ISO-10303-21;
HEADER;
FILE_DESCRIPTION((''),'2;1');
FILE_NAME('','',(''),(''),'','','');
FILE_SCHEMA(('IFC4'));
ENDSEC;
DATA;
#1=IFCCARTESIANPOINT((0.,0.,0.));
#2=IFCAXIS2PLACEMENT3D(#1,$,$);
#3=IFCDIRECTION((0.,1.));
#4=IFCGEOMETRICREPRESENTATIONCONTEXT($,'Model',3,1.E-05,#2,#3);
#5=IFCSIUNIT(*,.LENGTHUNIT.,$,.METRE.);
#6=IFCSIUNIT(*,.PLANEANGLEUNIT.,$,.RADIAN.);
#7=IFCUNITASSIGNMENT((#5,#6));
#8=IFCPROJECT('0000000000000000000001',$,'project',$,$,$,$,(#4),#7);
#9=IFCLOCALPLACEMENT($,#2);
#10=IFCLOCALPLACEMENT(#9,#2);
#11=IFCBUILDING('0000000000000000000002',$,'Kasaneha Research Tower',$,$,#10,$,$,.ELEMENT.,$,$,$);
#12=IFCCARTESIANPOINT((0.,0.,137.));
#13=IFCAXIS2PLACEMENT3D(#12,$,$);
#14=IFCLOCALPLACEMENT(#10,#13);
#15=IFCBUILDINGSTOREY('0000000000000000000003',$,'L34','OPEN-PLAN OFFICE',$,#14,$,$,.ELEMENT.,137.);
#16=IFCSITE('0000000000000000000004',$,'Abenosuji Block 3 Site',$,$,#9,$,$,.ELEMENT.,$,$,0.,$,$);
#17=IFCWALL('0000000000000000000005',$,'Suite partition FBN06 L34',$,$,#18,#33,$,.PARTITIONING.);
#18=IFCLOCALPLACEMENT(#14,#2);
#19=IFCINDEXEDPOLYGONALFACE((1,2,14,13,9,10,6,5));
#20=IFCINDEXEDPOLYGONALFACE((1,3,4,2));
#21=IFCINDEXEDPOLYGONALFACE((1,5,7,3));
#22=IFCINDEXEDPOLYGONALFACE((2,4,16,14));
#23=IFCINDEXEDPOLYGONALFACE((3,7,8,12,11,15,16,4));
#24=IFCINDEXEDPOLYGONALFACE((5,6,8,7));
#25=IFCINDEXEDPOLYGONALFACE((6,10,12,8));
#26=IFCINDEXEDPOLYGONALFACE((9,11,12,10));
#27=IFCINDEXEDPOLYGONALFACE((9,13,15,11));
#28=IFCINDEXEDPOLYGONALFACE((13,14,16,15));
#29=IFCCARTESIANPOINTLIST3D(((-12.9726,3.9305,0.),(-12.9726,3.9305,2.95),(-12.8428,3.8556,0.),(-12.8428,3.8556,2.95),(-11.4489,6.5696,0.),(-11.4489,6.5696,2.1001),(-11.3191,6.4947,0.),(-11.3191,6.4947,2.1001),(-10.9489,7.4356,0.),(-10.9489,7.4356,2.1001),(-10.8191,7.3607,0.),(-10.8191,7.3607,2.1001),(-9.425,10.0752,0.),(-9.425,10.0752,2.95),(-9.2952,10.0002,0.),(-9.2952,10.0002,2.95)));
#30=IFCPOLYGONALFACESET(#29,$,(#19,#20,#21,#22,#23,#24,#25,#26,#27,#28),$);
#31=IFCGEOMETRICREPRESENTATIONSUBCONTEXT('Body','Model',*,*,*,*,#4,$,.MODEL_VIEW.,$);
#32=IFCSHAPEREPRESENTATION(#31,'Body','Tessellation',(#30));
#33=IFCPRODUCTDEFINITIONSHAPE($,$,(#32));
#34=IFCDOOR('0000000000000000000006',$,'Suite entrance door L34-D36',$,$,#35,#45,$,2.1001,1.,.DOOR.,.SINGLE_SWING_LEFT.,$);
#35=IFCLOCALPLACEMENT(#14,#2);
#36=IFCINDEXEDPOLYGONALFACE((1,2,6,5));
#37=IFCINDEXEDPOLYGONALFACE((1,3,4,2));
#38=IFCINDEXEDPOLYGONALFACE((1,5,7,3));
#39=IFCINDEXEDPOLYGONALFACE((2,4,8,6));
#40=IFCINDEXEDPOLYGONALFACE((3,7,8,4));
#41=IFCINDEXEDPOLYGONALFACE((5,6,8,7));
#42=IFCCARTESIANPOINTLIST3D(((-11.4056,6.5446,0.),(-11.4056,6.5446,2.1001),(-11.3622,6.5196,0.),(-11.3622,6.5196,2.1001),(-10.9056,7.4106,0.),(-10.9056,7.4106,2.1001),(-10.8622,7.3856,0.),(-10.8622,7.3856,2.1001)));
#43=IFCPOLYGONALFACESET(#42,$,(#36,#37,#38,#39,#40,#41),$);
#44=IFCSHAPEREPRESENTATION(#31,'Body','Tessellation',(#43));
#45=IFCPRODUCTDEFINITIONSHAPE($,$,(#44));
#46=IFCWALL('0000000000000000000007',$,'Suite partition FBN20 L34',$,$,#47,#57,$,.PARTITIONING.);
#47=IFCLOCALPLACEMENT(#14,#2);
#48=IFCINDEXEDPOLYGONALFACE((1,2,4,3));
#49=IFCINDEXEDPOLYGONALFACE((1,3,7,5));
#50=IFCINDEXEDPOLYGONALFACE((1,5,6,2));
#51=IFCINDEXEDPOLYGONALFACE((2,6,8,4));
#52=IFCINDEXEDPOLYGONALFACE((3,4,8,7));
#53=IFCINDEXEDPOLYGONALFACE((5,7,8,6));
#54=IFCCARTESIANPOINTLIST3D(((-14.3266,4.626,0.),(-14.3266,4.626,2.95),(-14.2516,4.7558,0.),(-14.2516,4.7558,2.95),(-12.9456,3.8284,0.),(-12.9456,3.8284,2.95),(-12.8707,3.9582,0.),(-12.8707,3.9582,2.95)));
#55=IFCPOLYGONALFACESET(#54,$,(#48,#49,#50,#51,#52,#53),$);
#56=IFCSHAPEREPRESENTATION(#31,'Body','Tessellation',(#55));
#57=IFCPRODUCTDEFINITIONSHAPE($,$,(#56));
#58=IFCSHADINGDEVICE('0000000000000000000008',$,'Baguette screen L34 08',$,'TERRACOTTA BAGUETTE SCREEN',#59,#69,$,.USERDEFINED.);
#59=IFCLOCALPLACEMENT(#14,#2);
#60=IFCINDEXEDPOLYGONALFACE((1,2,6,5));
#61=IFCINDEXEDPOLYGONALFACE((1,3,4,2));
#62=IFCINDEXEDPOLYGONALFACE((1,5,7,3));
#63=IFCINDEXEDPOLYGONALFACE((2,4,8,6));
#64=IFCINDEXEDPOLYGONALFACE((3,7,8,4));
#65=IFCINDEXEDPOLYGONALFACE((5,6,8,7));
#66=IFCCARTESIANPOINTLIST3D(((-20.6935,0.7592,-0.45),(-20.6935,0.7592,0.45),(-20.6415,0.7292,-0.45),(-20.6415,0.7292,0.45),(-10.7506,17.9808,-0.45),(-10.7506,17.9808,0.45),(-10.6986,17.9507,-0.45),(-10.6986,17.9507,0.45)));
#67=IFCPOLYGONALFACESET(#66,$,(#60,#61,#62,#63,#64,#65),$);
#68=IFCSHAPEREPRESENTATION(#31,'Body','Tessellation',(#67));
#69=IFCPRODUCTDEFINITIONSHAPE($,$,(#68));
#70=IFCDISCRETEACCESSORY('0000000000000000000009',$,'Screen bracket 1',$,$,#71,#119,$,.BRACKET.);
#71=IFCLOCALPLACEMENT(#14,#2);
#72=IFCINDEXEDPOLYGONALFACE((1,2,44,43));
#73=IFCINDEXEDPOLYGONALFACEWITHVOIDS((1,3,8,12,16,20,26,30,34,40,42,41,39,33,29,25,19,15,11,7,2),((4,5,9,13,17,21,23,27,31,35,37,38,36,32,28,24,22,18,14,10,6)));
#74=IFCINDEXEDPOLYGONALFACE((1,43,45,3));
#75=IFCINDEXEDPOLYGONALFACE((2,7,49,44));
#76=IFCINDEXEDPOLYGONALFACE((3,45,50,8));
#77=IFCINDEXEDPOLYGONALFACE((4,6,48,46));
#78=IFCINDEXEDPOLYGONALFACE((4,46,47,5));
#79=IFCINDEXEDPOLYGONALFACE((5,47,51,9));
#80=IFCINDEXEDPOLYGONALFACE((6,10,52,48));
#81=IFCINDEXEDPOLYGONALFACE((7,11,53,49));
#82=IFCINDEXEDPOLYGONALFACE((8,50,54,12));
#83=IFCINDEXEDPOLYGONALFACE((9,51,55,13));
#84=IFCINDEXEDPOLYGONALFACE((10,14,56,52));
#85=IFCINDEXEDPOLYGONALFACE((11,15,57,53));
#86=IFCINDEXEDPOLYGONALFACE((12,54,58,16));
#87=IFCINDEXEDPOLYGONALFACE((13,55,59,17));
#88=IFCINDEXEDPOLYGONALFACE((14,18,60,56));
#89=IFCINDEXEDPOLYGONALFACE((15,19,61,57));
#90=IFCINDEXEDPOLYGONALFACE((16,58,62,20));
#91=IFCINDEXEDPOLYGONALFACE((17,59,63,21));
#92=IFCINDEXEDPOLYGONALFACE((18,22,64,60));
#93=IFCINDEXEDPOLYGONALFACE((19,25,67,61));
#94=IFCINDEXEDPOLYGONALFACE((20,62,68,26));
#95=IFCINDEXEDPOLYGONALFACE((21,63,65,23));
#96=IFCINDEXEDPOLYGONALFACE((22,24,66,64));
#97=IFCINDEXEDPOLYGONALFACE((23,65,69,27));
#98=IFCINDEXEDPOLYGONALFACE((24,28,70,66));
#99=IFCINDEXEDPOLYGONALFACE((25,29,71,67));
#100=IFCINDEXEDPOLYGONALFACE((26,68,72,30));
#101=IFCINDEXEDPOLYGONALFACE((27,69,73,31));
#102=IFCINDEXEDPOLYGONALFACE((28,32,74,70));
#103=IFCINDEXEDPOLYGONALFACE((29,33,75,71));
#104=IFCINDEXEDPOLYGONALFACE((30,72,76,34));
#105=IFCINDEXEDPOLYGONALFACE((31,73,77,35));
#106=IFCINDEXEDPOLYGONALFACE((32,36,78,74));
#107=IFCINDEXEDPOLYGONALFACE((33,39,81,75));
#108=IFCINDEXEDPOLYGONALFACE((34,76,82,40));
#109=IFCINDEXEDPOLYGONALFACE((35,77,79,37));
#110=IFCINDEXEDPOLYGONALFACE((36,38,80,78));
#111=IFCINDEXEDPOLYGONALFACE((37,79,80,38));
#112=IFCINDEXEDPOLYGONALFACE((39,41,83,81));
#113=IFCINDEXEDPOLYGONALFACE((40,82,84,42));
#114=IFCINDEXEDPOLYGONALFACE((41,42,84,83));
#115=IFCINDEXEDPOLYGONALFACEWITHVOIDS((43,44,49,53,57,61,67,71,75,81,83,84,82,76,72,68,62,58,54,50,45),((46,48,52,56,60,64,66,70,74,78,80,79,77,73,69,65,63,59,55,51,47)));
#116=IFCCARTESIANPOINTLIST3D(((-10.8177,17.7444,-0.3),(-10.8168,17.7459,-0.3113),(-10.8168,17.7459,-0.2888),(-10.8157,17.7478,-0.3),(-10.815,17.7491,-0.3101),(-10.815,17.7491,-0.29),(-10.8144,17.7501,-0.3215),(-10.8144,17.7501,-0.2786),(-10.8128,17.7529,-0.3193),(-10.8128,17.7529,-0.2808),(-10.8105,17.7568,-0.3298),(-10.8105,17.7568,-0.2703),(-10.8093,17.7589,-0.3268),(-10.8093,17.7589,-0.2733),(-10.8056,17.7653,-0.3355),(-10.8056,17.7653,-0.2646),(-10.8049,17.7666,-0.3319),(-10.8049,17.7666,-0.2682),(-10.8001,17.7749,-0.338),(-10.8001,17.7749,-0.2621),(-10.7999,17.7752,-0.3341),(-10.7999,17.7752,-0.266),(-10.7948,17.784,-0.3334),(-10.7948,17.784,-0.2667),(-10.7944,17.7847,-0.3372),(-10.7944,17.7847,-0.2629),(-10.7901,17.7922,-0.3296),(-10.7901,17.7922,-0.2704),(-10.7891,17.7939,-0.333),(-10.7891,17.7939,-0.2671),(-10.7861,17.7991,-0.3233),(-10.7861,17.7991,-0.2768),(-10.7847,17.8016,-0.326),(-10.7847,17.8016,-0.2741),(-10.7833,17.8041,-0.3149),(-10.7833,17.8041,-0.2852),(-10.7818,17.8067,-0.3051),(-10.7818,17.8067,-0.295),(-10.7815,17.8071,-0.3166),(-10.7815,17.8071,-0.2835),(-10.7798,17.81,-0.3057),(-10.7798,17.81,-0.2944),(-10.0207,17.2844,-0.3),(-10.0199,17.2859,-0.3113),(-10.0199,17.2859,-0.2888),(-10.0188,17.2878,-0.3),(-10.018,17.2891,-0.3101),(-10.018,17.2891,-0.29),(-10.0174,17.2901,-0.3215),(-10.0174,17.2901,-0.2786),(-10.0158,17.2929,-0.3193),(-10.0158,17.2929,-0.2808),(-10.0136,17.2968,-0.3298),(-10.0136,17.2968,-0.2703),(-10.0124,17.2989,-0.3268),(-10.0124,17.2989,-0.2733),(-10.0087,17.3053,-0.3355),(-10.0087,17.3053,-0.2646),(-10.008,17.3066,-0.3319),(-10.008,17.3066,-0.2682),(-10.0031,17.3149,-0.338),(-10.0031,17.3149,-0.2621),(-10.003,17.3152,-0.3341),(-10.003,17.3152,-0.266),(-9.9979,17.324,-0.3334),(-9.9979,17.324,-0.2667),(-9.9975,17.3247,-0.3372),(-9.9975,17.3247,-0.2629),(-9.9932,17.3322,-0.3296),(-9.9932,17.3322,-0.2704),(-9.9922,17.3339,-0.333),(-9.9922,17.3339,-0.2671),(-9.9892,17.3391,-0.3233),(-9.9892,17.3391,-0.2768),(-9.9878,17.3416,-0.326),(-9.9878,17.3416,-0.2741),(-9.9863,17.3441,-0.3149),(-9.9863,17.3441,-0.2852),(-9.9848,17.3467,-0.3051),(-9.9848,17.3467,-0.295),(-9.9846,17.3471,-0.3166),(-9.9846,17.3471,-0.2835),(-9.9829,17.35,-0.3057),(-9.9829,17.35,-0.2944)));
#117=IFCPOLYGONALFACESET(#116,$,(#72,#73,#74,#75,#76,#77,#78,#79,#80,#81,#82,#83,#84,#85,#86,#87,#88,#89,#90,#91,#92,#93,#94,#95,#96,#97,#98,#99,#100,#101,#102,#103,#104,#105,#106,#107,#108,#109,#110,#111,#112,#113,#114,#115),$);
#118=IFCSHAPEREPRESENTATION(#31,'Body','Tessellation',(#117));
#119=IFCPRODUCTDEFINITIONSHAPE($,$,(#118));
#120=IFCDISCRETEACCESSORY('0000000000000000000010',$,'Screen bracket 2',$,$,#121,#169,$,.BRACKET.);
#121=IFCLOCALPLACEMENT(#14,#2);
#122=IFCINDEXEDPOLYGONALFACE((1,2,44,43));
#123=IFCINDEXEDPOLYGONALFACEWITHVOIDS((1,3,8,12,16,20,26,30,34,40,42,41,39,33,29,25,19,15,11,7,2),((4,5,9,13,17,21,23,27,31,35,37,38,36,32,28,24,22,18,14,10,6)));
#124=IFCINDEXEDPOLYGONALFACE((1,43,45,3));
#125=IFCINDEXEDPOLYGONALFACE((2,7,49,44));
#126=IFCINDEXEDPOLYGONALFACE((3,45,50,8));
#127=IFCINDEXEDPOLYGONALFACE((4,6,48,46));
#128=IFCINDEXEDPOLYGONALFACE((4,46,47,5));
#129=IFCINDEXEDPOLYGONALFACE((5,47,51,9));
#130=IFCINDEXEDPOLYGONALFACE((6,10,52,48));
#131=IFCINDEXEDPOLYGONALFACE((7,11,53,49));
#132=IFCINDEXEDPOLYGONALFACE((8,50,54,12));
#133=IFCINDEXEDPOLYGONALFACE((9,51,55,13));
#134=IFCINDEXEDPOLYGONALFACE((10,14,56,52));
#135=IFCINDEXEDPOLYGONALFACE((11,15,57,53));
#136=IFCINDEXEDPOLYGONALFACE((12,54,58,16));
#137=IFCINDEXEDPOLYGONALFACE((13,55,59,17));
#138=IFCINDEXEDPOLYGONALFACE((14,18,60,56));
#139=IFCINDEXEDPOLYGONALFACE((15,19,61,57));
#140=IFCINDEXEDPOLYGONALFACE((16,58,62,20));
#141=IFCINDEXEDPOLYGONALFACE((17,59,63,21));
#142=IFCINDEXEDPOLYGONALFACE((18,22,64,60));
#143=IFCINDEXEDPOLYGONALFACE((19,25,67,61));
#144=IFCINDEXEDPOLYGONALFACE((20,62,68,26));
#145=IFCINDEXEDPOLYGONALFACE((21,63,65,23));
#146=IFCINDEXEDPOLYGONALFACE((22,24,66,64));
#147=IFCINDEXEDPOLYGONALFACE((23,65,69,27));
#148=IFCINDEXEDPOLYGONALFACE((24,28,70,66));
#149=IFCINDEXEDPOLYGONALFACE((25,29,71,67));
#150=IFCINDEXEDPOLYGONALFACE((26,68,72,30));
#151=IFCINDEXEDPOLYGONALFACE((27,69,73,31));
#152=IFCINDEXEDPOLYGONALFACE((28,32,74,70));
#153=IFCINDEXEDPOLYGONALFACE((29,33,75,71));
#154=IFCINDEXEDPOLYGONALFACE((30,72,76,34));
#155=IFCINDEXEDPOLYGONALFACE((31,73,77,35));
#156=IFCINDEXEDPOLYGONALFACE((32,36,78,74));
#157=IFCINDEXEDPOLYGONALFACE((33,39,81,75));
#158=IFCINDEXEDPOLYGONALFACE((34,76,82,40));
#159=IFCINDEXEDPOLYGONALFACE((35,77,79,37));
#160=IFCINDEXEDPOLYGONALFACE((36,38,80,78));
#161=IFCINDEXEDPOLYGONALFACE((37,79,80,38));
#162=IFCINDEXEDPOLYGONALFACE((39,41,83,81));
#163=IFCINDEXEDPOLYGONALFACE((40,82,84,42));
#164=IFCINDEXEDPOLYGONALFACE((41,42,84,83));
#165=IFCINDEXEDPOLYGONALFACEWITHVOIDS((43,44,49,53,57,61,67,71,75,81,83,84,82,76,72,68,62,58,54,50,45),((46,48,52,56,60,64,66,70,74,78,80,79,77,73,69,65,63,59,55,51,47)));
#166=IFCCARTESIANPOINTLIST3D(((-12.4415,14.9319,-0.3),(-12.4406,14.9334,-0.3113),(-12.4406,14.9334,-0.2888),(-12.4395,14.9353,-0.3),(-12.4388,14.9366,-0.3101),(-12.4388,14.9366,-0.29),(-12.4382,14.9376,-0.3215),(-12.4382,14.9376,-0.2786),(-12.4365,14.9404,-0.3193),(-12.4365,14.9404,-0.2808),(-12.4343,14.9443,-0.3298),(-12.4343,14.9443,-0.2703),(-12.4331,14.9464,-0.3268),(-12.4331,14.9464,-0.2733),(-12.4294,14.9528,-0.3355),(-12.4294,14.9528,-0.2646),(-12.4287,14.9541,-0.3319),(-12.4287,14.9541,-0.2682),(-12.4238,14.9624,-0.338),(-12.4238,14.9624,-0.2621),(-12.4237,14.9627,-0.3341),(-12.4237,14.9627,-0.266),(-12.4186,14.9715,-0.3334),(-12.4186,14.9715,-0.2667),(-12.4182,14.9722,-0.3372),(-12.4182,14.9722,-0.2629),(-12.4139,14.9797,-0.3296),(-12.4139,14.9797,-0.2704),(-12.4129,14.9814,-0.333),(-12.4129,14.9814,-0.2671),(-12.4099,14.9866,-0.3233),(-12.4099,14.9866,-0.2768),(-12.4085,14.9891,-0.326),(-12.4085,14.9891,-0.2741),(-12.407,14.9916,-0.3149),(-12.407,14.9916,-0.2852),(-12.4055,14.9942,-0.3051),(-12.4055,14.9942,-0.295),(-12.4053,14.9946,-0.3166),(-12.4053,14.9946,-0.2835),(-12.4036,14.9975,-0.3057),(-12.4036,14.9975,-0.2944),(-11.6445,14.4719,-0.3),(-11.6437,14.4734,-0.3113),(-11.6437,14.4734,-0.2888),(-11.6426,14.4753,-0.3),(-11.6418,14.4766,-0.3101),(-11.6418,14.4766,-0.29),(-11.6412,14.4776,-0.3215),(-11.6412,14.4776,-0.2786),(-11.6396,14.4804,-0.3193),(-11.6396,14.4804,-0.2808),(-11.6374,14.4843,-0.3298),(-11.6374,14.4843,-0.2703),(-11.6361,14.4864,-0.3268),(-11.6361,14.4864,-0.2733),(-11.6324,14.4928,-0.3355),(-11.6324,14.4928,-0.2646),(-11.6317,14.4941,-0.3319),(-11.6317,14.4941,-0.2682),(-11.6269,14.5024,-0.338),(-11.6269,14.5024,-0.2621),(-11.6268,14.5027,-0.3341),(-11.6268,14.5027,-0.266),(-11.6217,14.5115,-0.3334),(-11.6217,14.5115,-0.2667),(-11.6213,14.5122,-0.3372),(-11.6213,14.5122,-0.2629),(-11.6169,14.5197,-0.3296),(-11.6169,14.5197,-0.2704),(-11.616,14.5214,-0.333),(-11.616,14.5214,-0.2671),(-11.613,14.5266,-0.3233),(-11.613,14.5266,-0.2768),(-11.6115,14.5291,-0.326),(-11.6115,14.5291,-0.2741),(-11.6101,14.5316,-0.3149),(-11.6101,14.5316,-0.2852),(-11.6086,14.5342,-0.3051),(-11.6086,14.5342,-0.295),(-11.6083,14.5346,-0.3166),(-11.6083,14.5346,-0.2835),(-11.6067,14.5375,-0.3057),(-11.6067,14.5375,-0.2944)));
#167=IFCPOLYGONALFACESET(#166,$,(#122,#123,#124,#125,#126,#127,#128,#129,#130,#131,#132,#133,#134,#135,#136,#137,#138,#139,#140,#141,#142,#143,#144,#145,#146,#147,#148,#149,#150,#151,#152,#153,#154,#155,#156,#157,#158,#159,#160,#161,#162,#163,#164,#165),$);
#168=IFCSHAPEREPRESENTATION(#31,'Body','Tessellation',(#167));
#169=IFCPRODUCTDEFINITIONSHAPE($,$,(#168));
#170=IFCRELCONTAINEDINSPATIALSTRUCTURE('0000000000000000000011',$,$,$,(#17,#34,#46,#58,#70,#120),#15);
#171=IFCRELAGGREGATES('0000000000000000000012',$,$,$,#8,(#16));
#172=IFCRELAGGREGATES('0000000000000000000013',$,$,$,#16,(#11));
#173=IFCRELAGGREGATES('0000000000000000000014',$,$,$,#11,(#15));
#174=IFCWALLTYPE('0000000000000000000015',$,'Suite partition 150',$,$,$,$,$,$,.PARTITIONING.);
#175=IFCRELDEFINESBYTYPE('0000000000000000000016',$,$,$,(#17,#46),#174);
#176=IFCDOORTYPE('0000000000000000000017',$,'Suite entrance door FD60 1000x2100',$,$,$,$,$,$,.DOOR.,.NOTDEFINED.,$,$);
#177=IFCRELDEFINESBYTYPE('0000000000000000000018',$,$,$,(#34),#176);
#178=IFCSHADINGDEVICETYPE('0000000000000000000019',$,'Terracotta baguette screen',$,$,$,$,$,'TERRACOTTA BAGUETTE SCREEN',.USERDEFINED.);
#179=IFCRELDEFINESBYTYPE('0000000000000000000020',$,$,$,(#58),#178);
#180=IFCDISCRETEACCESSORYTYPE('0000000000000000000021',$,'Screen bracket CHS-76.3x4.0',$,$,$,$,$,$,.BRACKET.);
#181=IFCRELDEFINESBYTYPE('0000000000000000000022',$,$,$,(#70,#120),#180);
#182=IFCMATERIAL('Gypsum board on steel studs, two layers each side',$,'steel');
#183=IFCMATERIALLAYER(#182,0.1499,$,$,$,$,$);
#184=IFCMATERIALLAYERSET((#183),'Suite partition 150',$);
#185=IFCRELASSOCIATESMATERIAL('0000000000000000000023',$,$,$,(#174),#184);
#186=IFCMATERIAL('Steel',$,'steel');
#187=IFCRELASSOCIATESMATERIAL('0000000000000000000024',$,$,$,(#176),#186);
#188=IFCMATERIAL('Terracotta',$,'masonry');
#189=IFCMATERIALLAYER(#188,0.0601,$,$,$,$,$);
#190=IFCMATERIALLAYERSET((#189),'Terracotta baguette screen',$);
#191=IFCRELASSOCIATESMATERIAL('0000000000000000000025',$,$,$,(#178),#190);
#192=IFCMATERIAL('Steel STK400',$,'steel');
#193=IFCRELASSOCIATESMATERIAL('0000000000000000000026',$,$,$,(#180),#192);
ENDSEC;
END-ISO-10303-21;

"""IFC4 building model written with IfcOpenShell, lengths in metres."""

from ifc_helpers import new_model, si_unit, direction, frame, frame_2d, origin, origin_2d, place, context, subcontext, project, spatial, rectangle, hollow_circle, extrude, material, layer, layer_set, material_profile, profile_set, type_object, element, fill, save


model = new_model("IFC4")

# Units and contexts
model_context = context("Model", 3, precision=1e-05, world=origin(), true_north=direction((0.0, 1.0)))
body_context = subcontext(model_context, "Body", "Model", "MODEL_VIEW")
ifc_project = project(units=[si_unit("LENGTHUNIT", "METRE"), si_unit("PLANEANGLEUNIT", "RADIAN")], contexts=[model_context])

# Site, building, storey
site_placement = place(None, origin())
site = spatial("IfcSite", under=ifc_project, at=site_placement, Name="Abenosuji Block 3 Site", CompositionType="ELEMENT", RefElevation=0.0)
building_placement = place(site_placement, origin())
building = spatial("IfcBuilding", under=site, at=building_placement, Name="Kasaneha Research Tower", CompositionType="ELEMENT")
storey_placement = place(building_placement, frame((0.0, 0.0, 137.0)))
storey = spatial("IfcBuildingStorey", under=building, at=storey_placement, Name="L34", Description="OPEN-PLAN OFFICE", CompositionType="ELEMENT", Elevation=137.0)

# Wall, opening, door
ifc_material_1 = material(Name="Gypsum board on steel studs, two layers each side", Category="steel")
ifc_layer_1 = layer(ifc_material_1, 0.1499)
ifc_layer_set_1 = layer_set([ifc_layer_1], Name="Suite partition 150")
wall_type_1 = type_object("IfcWallType", Name="Suite partition 150", PredefinedType="PARTITIONING", material=ifc_layer_set_1)
wall_1_placement = place(storey_placement, frame((-12.9077, 3.8931, 0.0), z_axis=(0.0, 0.0, 1.0), x_axis=(0.500006, 0.866022, 0.0)))
wall_1 = element("IfcWall", 1, at=wall_1_placement, inside=storey, type_object=wall_type_1, Name="Suite partition FBN06 L34", PredefinedType="PARTITIONING", context=body_context, shape_type="SweptSolid", body=[
    extrude(rectangle(XDim=7.0952, YDim=0.1499, at=frame_2d((3.5476, 0.0))), origin(), (0.0, 0.0, 1.0), 2.95),
])
opening_1_placement = place(wall_1_placement, frame((3.0474, 0.0, 0.0)))
opening_1 = element("IfcOpeningElement", 2, at=opening_1_placement, cuts=wall_1, PredefinedType="OPENING", context=body_context, shape_type="SweptSolid", body=[
    extrude(rectangle(XDim=1.0, YDim=2.1001, at=frame_2d((0.5, 1.05))), frame((0.0, 0.085, 0.0), z_axis=(0.0, -1.0, 0.0), x_axis=(1.0, 0.0, 0.0)), (0.0, 0.0, 1.0), 0.1699),
])
ifc_material_2 = material(Name="Steel", Category="steel")
door_type_1 = type_object("IfcDoorType", Name="Suite entrance door FD60 1000x2100", OperationType="NOTDEFINED", PredefinedType="DOOR", material=ifc_material_2)
door_1_placement = place(opening_1_placement, origin())
door_1 = element("IfcDoor", 3, at=door_1_placement, inside=storey, type_object=door_type_1, Name="Suite entrance door L34-D36", OperationType="SINGLE_SWING_LEFT", OverallHeight=2.1001, OverallWidth=1.0, PredefinedType="DOOR", context=body_context, shape_type="SweptSolid", body=[
    extrude(rectangle(XDim=1.0, YDim=2.1001, at=frame_2d((0.5, 1.05))), frame((0.0, 0.0249, 0.0), z_axis=(0.0, -1.0, 0.0), x_axis=(1.0, 0.0, 0.0)), (0.0, 0.0, 1.0), 0.05),
])
fill(opening_1, door_1)

# Wall
wall_2_placement = place(storey_placement, frame((-14.2891, 4.6909, 0.0), z_axis=(0.0, 0.0, 1.0), x_axis=(0.865925, -0.500173, 0.0)))
element("IfcWall", 4, at=wall_2_placement, inside=storey, type_object=wall_type_1, Name="Suite partition FBN20 L34", PredefinedType="PARTITIONING", context=body_context, shape_type="SweptSolid", body=[
    extrude(rectangle(XDim=1.5947, YDim=0.1499, at=frame_2d((0.7974, 0.0))), origin(), (0.0, 0.0, 1.0), 2.95),
])

# Shading device
ifc_material_3 = material(Name="Terracotta", Category="masonry")
ifc_layer_2 = layer(ifc_material_3, 0.0601)
ifc_layer_set_2 = layer_set([ifc_layer_2], Name="Terracotta baguette screen")
shading_device_type = type_object("IfcShadingDeviceType", Name="Terracotta baguette screen", ElementType="TERRACOTTA BAGUETTE SCREEN", PredefinedType="USERDEFINED", material=ifc_layer_set_2)
shading_device_placement = place(storey_placement, frame((-15.696, 9.355, -0.45), z_axis=(0.0, 0.0, 1.0), x_axis=(-0.5, -0.866025, 0.0)))
element("IfcShadingDevice", 5, at=shading_device_placement, inside=storey, type_object=shading_device_type, Name="Baguette screen L34 08", ObjectType="TERRACOTTA BAGUETTE SCREEN", PredefinedType="USERDEFINED", context=body_context, shape_type="SweptSolid", body=[
    extrude(rectangle(XDim=19.8857, YDim=0.0601, at=origin_2d()), origin(), (0.0, 0.0, 1.0), 0.8999),
])

# Discrete accessories
ifc_material_4 = material(Name="Steel STK400", Category="steel")
ifc_material_profile_1 = material_profile(ifc_material_4, hollow_circle(Radius=0.0381, WallThickness=0.0039, at=origin_2d()), Name="CHS-76.3x4.0")
ifc_profile_set_1 = profile_set([ifc_material_profile_1], Name="Steel STK400")
discrete_accessory_type = type_object("IfcDiscreteAccessoryType", Name="Screen bracket CHS-76.3x4.0", PredefinedType="BRACKET", material=ifc_profile_set_1)
for number, where, z_axis, x_axis, name in (
    (6, (-10.0017, 17.3174, -0.3), (-0.86608, 0.499906, 0.0), (-0.499906, -0.86608, 0.0), "Screen bracket 1"),
    (7, (-11.6255, 14.5049, -0.3), (-0.86608, 0.499906, 0.0), (-0.499906, -0.86608, 0.0), "Screen bracket 2"),
):
    element("IfcDiscreteAccessory", number, at=place(storey_placement, frame(where, z_axis=z_axis, x_axis=x_axis)), inside=storey, type_object=discrete_accessory_type, Name=name, PredefinedType="BRACKET", context=body_context, shape_type="SweptSolid", body=[
        extrude(hollow_circle(Radius=0.0381, WallThickness=0.0039, at=origin_2d()), origin(), (0.0, 0.0, 1.0), 0.9202),
    ])

save(model, "model.ifc")
